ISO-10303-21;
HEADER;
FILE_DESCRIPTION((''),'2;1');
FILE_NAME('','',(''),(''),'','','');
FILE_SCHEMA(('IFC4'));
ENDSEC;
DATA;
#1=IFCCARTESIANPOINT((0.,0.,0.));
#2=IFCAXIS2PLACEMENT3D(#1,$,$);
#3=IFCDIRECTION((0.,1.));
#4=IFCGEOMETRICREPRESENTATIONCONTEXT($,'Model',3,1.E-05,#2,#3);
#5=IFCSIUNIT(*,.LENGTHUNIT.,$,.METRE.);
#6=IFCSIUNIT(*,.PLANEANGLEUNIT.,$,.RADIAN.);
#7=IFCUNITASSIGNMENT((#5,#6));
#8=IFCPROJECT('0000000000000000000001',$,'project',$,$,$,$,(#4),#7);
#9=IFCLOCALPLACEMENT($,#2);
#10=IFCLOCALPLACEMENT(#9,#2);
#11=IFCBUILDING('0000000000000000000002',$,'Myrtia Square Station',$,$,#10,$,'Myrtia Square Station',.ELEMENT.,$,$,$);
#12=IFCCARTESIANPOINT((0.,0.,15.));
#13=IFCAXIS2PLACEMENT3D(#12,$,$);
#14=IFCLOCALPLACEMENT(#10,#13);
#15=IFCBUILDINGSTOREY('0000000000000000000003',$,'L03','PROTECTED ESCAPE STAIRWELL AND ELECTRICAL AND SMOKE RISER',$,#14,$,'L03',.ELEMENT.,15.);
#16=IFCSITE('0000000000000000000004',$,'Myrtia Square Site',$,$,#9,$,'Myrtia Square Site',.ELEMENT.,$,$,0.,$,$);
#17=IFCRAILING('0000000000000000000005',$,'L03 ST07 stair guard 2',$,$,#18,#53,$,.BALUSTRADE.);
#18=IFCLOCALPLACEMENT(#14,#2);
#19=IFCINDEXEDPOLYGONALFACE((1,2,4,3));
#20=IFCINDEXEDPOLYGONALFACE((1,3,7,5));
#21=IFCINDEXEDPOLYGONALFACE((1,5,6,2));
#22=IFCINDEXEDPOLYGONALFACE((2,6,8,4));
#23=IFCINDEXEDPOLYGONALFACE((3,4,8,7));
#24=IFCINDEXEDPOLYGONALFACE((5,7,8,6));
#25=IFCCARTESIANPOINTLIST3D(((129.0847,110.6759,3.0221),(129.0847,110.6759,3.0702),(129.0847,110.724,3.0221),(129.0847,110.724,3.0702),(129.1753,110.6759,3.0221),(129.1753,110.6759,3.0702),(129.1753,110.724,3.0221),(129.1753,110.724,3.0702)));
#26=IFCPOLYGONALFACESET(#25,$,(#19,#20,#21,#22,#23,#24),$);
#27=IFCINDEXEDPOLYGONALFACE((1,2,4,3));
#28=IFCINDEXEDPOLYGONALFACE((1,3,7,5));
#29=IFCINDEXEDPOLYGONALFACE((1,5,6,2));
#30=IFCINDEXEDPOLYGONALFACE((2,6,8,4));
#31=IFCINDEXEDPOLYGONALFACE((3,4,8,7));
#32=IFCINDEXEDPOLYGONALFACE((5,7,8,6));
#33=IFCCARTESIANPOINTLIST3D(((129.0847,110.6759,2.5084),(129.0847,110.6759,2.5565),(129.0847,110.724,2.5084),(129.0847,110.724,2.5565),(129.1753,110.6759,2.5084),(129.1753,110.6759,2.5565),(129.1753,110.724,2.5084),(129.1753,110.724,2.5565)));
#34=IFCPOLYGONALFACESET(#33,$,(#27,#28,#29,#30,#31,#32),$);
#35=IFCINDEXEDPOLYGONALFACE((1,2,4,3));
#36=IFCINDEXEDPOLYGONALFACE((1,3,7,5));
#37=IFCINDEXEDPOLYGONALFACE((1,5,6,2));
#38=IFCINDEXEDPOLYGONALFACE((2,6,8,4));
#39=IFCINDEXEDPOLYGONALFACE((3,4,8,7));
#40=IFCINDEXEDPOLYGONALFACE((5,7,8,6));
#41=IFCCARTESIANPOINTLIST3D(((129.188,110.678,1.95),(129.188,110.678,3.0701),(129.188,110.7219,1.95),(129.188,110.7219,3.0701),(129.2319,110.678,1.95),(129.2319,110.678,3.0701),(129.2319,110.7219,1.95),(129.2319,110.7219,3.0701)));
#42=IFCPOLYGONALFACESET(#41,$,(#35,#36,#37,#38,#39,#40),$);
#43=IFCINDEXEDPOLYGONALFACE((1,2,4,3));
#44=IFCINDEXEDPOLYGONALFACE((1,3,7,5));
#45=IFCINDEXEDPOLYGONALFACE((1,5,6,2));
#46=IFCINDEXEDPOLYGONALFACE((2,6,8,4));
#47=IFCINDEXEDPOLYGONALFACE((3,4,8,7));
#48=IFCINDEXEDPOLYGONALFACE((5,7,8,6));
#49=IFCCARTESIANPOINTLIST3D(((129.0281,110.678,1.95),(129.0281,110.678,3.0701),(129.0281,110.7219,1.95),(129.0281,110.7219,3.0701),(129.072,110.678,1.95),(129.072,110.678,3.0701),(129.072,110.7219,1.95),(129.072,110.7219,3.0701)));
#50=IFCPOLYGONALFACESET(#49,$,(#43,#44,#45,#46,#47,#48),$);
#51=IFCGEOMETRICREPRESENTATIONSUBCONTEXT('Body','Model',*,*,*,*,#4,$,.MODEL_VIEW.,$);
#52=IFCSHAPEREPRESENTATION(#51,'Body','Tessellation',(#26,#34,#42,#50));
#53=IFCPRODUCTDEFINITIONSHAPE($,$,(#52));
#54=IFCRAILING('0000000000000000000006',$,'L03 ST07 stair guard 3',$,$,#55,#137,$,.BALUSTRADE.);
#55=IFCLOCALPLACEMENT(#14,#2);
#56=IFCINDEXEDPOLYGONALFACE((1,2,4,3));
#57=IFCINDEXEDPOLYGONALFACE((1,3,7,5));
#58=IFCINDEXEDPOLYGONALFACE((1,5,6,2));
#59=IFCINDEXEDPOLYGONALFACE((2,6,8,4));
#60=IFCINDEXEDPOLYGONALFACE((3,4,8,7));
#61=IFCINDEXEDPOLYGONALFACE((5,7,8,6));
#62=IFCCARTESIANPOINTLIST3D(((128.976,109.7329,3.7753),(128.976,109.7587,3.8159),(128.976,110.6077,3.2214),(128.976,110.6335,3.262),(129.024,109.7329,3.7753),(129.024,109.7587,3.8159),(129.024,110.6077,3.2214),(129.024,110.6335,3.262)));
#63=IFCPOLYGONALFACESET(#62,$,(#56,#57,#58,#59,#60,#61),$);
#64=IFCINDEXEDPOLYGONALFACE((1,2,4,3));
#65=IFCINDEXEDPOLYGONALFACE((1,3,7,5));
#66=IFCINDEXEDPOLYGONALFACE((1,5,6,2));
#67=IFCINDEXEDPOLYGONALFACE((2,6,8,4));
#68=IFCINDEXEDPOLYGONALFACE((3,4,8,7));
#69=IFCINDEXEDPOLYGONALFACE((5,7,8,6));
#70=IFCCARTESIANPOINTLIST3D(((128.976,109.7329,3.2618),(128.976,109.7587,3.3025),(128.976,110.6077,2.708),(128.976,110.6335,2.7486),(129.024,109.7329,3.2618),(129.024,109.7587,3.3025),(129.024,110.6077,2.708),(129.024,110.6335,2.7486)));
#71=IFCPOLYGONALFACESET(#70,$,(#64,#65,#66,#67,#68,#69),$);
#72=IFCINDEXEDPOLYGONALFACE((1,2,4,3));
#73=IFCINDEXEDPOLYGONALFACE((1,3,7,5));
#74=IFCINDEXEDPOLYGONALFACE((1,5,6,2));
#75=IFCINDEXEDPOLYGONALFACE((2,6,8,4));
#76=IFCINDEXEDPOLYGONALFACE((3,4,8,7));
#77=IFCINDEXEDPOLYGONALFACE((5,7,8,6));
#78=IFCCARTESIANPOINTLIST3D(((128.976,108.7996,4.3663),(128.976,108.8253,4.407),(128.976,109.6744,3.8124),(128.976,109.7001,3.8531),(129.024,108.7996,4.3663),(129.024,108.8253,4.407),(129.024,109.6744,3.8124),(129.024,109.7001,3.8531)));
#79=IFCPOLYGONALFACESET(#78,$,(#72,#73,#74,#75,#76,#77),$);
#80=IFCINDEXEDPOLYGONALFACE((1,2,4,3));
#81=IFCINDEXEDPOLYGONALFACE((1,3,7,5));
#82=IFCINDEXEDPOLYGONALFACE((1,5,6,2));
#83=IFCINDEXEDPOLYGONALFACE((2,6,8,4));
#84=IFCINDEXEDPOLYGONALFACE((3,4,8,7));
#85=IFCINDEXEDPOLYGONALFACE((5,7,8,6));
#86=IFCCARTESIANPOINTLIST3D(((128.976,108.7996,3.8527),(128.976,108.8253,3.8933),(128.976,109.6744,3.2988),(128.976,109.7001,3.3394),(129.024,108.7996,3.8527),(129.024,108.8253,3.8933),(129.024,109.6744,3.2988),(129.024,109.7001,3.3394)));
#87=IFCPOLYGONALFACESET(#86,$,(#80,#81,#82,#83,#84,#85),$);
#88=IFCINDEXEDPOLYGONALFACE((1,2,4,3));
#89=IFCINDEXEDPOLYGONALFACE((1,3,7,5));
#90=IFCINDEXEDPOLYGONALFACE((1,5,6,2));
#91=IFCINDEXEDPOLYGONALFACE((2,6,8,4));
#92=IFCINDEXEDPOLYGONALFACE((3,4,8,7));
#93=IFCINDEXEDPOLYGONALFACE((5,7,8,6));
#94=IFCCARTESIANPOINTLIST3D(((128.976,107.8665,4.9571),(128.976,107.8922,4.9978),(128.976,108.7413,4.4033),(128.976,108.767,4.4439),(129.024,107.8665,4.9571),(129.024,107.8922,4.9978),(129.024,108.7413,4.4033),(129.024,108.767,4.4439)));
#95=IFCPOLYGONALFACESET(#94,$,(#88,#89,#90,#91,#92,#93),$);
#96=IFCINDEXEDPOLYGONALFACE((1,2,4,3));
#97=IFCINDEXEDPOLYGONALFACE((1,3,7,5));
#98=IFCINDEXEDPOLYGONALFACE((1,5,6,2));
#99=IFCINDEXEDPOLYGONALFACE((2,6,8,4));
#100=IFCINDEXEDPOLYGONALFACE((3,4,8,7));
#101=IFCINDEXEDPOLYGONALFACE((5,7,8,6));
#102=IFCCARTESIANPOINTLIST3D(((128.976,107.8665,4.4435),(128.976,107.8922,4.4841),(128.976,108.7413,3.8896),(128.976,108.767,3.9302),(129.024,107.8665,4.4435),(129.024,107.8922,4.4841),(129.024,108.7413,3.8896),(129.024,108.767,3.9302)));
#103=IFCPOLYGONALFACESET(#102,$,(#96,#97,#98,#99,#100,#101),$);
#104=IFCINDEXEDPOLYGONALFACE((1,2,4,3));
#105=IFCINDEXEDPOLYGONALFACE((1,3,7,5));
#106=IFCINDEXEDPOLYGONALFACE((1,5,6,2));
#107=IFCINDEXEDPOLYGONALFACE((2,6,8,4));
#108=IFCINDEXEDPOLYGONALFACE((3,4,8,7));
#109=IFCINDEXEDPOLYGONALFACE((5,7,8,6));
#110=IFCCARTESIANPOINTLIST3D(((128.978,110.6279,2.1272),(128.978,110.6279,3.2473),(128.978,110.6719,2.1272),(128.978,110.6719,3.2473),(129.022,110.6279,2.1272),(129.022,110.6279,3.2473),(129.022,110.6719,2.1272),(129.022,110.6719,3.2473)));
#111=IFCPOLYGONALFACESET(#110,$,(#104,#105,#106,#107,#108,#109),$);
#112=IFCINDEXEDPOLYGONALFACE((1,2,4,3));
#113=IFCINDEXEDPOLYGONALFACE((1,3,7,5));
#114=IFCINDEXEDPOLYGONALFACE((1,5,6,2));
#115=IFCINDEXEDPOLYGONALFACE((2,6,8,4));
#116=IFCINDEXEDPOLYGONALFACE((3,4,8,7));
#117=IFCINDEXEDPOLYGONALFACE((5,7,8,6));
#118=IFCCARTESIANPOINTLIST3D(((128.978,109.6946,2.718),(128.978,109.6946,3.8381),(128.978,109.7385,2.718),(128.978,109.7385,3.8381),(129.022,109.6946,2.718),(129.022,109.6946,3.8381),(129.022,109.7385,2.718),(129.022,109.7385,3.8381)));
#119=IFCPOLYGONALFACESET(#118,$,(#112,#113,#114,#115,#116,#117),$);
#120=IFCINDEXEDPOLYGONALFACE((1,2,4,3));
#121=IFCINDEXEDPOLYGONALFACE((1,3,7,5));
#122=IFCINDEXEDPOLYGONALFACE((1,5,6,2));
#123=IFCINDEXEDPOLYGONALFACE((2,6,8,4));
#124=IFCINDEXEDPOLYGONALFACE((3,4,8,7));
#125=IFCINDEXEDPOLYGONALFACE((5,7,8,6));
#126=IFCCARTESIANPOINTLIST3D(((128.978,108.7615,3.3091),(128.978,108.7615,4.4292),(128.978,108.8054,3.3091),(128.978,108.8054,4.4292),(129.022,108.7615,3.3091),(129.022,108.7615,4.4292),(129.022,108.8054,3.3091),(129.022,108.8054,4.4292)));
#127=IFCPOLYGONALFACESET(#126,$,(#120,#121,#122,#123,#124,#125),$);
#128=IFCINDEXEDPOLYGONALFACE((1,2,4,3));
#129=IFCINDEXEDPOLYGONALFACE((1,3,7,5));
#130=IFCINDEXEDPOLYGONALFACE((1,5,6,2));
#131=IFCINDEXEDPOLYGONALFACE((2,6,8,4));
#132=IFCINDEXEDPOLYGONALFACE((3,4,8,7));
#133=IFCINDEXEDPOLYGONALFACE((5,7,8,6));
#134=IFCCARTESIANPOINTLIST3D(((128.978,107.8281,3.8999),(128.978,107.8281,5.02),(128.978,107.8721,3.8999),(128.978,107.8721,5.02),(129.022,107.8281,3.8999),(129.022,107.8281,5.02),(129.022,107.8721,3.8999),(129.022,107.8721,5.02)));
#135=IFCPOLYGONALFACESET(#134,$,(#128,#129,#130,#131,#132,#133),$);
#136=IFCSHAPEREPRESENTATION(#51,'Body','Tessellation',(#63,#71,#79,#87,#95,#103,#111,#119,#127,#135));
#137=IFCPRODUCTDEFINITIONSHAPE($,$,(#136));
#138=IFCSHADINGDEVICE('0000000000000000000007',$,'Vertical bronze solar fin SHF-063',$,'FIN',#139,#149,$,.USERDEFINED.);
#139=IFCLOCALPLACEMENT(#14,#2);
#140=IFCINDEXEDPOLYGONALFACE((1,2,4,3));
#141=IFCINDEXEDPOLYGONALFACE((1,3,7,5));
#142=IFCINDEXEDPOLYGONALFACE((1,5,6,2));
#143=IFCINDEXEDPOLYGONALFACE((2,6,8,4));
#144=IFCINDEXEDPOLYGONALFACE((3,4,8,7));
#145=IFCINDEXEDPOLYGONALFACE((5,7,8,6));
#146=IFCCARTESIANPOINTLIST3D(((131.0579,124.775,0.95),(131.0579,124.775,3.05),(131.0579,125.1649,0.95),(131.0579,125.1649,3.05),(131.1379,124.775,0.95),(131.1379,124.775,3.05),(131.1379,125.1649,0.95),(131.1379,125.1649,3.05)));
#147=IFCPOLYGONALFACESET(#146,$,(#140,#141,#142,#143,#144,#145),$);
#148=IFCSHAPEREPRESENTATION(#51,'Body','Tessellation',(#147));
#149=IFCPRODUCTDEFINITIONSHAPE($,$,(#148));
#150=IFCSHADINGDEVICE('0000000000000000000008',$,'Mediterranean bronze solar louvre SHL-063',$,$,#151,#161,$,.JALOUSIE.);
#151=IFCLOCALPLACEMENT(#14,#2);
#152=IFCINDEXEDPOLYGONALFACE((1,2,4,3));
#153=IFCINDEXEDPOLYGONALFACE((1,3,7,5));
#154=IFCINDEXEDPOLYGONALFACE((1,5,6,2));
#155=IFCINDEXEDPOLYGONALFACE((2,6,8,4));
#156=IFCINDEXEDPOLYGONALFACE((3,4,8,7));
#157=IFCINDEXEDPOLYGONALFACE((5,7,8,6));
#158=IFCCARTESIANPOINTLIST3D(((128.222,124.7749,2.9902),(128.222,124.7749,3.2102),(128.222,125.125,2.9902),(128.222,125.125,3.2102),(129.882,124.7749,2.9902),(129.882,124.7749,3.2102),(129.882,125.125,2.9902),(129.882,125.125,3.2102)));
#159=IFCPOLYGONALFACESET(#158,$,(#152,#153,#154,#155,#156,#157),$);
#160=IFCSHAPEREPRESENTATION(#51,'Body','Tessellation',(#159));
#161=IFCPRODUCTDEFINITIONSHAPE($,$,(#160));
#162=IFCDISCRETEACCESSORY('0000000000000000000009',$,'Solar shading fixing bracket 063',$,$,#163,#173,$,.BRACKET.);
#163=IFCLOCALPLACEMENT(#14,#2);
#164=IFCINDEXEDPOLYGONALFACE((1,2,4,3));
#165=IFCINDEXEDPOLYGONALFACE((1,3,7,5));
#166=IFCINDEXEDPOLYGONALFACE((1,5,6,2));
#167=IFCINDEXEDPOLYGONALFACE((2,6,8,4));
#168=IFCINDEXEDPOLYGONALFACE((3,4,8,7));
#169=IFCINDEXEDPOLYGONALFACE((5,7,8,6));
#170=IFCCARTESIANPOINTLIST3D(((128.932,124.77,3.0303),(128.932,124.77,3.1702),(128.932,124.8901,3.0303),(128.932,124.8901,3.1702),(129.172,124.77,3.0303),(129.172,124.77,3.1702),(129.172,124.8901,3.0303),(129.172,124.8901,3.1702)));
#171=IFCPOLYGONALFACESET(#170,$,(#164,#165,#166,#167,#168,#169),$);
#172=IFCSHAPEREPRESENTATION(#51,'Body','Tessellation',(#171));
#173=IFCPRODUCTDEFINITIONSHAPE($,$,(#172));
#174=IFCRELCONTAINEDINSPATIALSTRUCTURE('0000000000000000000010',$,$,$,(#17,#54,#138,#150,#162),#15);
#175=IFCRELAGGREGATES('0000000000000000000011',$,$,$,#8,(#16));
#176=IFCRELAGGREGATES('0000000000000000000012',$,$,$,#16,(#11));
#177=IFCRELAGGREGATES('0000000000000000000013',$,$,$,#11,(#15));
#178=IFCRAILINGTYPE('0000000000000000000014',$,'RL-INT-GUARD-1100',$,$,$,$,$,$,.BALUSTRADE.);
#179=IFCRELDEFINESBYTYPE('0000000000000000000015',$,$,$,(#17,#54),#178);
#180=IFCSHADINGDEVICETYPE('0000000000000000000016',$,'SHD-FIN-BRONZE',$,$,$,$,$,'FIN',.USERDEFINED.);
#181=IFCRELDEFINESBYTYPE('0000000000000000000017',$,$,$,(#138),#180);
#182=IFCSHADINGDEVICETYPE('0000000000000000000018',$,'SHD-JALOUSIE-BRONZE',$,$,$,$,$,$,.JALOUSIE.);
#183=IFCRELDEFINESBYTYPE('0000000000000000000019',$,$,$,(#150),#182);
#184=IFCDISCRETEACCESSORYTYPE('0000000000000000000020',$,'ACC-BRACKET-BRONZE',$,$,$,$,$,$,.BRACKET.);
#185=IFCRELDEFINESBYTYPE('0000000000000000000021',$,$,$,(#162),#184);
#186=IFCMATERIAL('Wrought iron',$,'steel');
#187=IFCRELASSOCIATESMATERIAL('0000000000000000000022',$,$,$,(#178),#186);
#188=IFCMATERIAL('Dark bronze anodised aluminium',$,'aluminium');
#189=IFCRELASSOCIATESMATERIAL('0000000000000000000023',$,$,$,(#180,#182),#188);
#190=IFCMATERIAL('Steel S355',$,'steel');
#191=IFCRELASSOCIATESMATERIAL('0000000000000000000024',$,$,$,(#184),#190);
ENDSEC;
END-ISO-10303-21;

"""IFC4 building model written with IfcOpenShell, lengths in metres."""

from ifc_helpers import new_model, si_unit, direction, frame, origin, origin_2d, place, context, subcontext, project, spatial, rectangle, extrude, material, type_object, element, save


model = new_model("IFC4")

# Units and contexts
model_context = context("Model", 3, precision=1e-05, world=origin(), true_north=direction((0.0, 1.0)))
body_context = subcontext(model_context, "Body", "Model", "MODEL_VIEW")
ifc_project = project(units=[si_unit("LENGTHUNIT", "METRE"), si_unit("PLANEANGLEUNIT", "RADIAN")], contexts=[model_context])

# Site, building, storey
site_placement = place(None, origin())
site = spatial("IfcSite", under=ifc_project, at=site_placement, Name="Myrtia Square Site", LongName="Myrtia Square Site", CompositionType="ELEMENT", RefElevation=0.0)
building_placement = place(site_placement, origin())
building = spatial("IfcBuilding", under=site, at=building_placement, Name="Myrtia Square Station", LongName="Myrtia Square Station", CompositionType="ELEMENT")
storey_placement = place(building_placement, frame((0.0, 0.0, 15.0)))
storey = spatial("IfcBuildingStorey", under=building, at=storey_placement, Name="L03", Description="PROTECTED ESCAPE STAIRWELL AND ELECTRICAL AND SMOKE RISER", LongName="L03", CompositionType="ELEMENT", Elevation=15.0)

# Shared definitions
ifc_material_1 = material(Name="Steel S355", Category="steel")

# Shared definitions
ifc_material_2 = material(Name="Dark bronze anodised aluminium", Category="aluminium")

# Railings
ifc_material_3 = material(Name="Wrought iron", Category="steel")
railing_type = type_object("IfcRailingType", Name="RL-INT-GUARD-1100", PredefinedType="BALUSTRADE", material=ifc_material_3)
railing_1_placement = place(storey_placement, frame((129.21, 110.7, 1.95)))
element("IfcRailing", 1, at=railing_1_placement, inside=storey, type_object=railing_type, Name="L03 ST07 stair guard 2", PredefinedType="BALUSTRADE", context=body_context, shape_type="SweptSolid", body=[
    extrude(rectangle(XDim=0.0481, YDim=0.0481, at=origin_2d()), frame((-0.0347, 0.0, 1.0962), z_axis=(-1.0, 0.0, 0.0), x_axis=(0.0, -1.0, 0.0)), (0.0, 0.0, 1.0), 0.0906),
    extrude(rectangle(XDim=0.0481, YDim=0.0481, at=origin_2d()), frame((-0.0347, 0.0, 0.5825), z_axis=(-1.0, 0.0, 0.0), x_axis=(0.0, -1.0, 0.0)), (0.0, 0.0, 1.0), 0.0906),
    extrude(rectangle(XDim=0.0439, YDim=0.0439, at=origin_2d()), origin(), (0.0, 0.0, 1.0), 1.1201),
    extrude(rectangle(XDim=0.0439, YDim=0.0439, at=origin_2d()), frame((-0.1599, 0.0, 0.0)), (0.0, 0.0, 1.0), 1.1201),
])
railing_2_placement = place(storey_placement, frame((129.0, 110.6499, 2.1272)))
element("IfcRailing", 2, at=railing_2_placement, inside=storey, type_object=railing_type, Name="L03 ST07 stair guard 3", PredefinedType="BALUSTRADE", context=body_context, shape_type="SweptSolid", body=[
    extrude(rectangle(XDim=0.0481, YDim=0.0481, at=origin_2d()), frame((0.0, -0.0293, 1.1145), z_axis=(0.0, -0.844888, 0.534943), x_axis=(1.0, 0.0, 0.0)), (0.0, 0.0, 1.0), 1.0354),
    extrude(rectangle(XDim=0.0481, YDim=0.0481, at=origin_2d()), frame((0.0, -0.0293, 0.6011), z_axis=(0.0, -0.844888, 0.534943), x_axis=(1.0, 0.0, 0.0)), (0.0, 0.0, 1.0), 1.0354),
    extrude(rectangle(XDim=0.0481, YDim=0.0481, at=origin_2d()), frame((0.0, -0.9626, 1.7056), z_axis=(0.0, -0.844888, 0.534943), x_axis=(1.0, 0.0, 0.0)), (0.0, 0.0, 1.0), 1.0354),
    extrude(rectangle(XDim=0.0481, YDim=0.0481, at=origin_2d()), frame((0.0, -0.9626, 1.1919), z_axis=(0.0, -0.844888, 0.534943), x_axis=(1.0, 0.0, 0.0)), (0.0, 0.0, 1.0), 1.0354),
    extrude(rectangle(XDim=0.0481, YDim=0.0481, at=origin_2d()), frame((0.0, -1.8958, 2.2964), z_axis=(0.0, -0.844888, 0.534943), x_axis=(1.0, 0.0, 0.0)), (0.0, 0.0, 1.0), 1.0354),
    extrude(rectangle(XDim=0.0481, YDim=0.0481, at=origin_2d()), frame((0.0, -1.8958, 1.7827), z_axis=(0.0, -0.844888, 0.534943), x_axis=(1.0, 0.0, 0.0)), (0.0, 0.0, 1.0), 1.0354),
    extrude(rectangle(XDim=0.0439, YDim=0.0439, at=origin_2d()), origin(), (0.0, 0.0, 1.0), 1.1201),
    extrude(rectangle(XDim=0.0439, YDim=0.0439, at=origin_2d()), frame((0.0, -0.9333, 0.5908)), (0.0, 0.0, 1.0), 1.1201),
    extrude(rectangle(XDim=0.0439, YDim=0.0439, at=origin_2d()), frame((0.0, -1.8665, 1.1819)), (0.0, 0.0, 1.0), 1.1201),
    extrude(rectangle(XDim=0.0439, YDim=0.0439, at=origin_2d()), frame((0.0, -2.7998, 1.7727)), (0.0, 0.0, 1.0), 1.1201),
])

# Shading devices
shading_device_type_1 = type_object("IfcShadingDeviceType", Name="SHD-FIN-BRONZE", ElementType="FIN", PredefinedType="USERDEFINED", material=ifc_material_2)
shading_device_1_placement = place(storey_placement, frame((131.0979, 124.97, 0.95), z_axis=(0.0, 0.0, 1.0), x_axis=(1.0, 0.0, 0.0)))
element("IfcShadingDevice", 3, at=shading_device_1_placement, inside=storey, type_object=shading_device_type_1, Name="Vertical bronze solar fin SHF-063", ObjectType="FIN", PredefinedType="USERDEFINED", context=body_context, shape_type="SweptSolid", body=[
    extrude(rectangle(XDim=0.0801, YDim=0.3899, at=origin_2d()), origin(), (0.0, 0.0, 1.0), 2.1001),
])
shading_device_type_2 = type_object("IfcShadingDeviceType", Name="SHD-JALOUSIE-BRONZE", PredefinedType="JALOUSIE", material=ifc_material_2)
shading_device_2_placement = place(storey_placement, frame((129.052, 124.95, 2.9902), z_axis=(0.0, 0.0, 1.0), x_axis=(1.0, 0.0, 0.0)))
element("IfcShadingDevice", 4, at=shading_device_2_placement, inside=storey, type_object=shading_device_type_2, Name="Mediterranean bronze solar louvre SHL-063", PredefinedType="JALOUSIE", context=body_context, shape_type="SweptSolid", body=[
    extrude(rectangle(XDim=1.6599, YDim=0.3501, at=origin_2d()), origin(), (0.0, 0.0, 1.0), 0.22),
])

# Discrete accessory
discrete_accessory_type = type_object("IfcDiscreteAccessoryType", Name="ACC-BRACKET-BRONZE", PredefinedType="BRACKET", material=ifc_material_1)
discrete_accessory_placement = place(storey_placement, frame((129.052, 124.8301, 3.0303), z_axis=(0.0, 0.0, 1.0), x_axis=(1.0, 0.0, 0.0)))
element("IfcDiscreteAccessory", 5, at=discrete_accessory_placement, inside=storey, type_object=discrete_accessory_type, Name="Solar shading fixing bracket 063", PredefinedType="BRACKET", context=body_context, shape_type="SweptSolid", body=[
    extrude(rectangle(XDim=0.24, YDim=0.1201, at=origin_2d()), origin(), (0.0, 0.0, 1.0), 0.1399),
])

save(model, "model.ifc")
